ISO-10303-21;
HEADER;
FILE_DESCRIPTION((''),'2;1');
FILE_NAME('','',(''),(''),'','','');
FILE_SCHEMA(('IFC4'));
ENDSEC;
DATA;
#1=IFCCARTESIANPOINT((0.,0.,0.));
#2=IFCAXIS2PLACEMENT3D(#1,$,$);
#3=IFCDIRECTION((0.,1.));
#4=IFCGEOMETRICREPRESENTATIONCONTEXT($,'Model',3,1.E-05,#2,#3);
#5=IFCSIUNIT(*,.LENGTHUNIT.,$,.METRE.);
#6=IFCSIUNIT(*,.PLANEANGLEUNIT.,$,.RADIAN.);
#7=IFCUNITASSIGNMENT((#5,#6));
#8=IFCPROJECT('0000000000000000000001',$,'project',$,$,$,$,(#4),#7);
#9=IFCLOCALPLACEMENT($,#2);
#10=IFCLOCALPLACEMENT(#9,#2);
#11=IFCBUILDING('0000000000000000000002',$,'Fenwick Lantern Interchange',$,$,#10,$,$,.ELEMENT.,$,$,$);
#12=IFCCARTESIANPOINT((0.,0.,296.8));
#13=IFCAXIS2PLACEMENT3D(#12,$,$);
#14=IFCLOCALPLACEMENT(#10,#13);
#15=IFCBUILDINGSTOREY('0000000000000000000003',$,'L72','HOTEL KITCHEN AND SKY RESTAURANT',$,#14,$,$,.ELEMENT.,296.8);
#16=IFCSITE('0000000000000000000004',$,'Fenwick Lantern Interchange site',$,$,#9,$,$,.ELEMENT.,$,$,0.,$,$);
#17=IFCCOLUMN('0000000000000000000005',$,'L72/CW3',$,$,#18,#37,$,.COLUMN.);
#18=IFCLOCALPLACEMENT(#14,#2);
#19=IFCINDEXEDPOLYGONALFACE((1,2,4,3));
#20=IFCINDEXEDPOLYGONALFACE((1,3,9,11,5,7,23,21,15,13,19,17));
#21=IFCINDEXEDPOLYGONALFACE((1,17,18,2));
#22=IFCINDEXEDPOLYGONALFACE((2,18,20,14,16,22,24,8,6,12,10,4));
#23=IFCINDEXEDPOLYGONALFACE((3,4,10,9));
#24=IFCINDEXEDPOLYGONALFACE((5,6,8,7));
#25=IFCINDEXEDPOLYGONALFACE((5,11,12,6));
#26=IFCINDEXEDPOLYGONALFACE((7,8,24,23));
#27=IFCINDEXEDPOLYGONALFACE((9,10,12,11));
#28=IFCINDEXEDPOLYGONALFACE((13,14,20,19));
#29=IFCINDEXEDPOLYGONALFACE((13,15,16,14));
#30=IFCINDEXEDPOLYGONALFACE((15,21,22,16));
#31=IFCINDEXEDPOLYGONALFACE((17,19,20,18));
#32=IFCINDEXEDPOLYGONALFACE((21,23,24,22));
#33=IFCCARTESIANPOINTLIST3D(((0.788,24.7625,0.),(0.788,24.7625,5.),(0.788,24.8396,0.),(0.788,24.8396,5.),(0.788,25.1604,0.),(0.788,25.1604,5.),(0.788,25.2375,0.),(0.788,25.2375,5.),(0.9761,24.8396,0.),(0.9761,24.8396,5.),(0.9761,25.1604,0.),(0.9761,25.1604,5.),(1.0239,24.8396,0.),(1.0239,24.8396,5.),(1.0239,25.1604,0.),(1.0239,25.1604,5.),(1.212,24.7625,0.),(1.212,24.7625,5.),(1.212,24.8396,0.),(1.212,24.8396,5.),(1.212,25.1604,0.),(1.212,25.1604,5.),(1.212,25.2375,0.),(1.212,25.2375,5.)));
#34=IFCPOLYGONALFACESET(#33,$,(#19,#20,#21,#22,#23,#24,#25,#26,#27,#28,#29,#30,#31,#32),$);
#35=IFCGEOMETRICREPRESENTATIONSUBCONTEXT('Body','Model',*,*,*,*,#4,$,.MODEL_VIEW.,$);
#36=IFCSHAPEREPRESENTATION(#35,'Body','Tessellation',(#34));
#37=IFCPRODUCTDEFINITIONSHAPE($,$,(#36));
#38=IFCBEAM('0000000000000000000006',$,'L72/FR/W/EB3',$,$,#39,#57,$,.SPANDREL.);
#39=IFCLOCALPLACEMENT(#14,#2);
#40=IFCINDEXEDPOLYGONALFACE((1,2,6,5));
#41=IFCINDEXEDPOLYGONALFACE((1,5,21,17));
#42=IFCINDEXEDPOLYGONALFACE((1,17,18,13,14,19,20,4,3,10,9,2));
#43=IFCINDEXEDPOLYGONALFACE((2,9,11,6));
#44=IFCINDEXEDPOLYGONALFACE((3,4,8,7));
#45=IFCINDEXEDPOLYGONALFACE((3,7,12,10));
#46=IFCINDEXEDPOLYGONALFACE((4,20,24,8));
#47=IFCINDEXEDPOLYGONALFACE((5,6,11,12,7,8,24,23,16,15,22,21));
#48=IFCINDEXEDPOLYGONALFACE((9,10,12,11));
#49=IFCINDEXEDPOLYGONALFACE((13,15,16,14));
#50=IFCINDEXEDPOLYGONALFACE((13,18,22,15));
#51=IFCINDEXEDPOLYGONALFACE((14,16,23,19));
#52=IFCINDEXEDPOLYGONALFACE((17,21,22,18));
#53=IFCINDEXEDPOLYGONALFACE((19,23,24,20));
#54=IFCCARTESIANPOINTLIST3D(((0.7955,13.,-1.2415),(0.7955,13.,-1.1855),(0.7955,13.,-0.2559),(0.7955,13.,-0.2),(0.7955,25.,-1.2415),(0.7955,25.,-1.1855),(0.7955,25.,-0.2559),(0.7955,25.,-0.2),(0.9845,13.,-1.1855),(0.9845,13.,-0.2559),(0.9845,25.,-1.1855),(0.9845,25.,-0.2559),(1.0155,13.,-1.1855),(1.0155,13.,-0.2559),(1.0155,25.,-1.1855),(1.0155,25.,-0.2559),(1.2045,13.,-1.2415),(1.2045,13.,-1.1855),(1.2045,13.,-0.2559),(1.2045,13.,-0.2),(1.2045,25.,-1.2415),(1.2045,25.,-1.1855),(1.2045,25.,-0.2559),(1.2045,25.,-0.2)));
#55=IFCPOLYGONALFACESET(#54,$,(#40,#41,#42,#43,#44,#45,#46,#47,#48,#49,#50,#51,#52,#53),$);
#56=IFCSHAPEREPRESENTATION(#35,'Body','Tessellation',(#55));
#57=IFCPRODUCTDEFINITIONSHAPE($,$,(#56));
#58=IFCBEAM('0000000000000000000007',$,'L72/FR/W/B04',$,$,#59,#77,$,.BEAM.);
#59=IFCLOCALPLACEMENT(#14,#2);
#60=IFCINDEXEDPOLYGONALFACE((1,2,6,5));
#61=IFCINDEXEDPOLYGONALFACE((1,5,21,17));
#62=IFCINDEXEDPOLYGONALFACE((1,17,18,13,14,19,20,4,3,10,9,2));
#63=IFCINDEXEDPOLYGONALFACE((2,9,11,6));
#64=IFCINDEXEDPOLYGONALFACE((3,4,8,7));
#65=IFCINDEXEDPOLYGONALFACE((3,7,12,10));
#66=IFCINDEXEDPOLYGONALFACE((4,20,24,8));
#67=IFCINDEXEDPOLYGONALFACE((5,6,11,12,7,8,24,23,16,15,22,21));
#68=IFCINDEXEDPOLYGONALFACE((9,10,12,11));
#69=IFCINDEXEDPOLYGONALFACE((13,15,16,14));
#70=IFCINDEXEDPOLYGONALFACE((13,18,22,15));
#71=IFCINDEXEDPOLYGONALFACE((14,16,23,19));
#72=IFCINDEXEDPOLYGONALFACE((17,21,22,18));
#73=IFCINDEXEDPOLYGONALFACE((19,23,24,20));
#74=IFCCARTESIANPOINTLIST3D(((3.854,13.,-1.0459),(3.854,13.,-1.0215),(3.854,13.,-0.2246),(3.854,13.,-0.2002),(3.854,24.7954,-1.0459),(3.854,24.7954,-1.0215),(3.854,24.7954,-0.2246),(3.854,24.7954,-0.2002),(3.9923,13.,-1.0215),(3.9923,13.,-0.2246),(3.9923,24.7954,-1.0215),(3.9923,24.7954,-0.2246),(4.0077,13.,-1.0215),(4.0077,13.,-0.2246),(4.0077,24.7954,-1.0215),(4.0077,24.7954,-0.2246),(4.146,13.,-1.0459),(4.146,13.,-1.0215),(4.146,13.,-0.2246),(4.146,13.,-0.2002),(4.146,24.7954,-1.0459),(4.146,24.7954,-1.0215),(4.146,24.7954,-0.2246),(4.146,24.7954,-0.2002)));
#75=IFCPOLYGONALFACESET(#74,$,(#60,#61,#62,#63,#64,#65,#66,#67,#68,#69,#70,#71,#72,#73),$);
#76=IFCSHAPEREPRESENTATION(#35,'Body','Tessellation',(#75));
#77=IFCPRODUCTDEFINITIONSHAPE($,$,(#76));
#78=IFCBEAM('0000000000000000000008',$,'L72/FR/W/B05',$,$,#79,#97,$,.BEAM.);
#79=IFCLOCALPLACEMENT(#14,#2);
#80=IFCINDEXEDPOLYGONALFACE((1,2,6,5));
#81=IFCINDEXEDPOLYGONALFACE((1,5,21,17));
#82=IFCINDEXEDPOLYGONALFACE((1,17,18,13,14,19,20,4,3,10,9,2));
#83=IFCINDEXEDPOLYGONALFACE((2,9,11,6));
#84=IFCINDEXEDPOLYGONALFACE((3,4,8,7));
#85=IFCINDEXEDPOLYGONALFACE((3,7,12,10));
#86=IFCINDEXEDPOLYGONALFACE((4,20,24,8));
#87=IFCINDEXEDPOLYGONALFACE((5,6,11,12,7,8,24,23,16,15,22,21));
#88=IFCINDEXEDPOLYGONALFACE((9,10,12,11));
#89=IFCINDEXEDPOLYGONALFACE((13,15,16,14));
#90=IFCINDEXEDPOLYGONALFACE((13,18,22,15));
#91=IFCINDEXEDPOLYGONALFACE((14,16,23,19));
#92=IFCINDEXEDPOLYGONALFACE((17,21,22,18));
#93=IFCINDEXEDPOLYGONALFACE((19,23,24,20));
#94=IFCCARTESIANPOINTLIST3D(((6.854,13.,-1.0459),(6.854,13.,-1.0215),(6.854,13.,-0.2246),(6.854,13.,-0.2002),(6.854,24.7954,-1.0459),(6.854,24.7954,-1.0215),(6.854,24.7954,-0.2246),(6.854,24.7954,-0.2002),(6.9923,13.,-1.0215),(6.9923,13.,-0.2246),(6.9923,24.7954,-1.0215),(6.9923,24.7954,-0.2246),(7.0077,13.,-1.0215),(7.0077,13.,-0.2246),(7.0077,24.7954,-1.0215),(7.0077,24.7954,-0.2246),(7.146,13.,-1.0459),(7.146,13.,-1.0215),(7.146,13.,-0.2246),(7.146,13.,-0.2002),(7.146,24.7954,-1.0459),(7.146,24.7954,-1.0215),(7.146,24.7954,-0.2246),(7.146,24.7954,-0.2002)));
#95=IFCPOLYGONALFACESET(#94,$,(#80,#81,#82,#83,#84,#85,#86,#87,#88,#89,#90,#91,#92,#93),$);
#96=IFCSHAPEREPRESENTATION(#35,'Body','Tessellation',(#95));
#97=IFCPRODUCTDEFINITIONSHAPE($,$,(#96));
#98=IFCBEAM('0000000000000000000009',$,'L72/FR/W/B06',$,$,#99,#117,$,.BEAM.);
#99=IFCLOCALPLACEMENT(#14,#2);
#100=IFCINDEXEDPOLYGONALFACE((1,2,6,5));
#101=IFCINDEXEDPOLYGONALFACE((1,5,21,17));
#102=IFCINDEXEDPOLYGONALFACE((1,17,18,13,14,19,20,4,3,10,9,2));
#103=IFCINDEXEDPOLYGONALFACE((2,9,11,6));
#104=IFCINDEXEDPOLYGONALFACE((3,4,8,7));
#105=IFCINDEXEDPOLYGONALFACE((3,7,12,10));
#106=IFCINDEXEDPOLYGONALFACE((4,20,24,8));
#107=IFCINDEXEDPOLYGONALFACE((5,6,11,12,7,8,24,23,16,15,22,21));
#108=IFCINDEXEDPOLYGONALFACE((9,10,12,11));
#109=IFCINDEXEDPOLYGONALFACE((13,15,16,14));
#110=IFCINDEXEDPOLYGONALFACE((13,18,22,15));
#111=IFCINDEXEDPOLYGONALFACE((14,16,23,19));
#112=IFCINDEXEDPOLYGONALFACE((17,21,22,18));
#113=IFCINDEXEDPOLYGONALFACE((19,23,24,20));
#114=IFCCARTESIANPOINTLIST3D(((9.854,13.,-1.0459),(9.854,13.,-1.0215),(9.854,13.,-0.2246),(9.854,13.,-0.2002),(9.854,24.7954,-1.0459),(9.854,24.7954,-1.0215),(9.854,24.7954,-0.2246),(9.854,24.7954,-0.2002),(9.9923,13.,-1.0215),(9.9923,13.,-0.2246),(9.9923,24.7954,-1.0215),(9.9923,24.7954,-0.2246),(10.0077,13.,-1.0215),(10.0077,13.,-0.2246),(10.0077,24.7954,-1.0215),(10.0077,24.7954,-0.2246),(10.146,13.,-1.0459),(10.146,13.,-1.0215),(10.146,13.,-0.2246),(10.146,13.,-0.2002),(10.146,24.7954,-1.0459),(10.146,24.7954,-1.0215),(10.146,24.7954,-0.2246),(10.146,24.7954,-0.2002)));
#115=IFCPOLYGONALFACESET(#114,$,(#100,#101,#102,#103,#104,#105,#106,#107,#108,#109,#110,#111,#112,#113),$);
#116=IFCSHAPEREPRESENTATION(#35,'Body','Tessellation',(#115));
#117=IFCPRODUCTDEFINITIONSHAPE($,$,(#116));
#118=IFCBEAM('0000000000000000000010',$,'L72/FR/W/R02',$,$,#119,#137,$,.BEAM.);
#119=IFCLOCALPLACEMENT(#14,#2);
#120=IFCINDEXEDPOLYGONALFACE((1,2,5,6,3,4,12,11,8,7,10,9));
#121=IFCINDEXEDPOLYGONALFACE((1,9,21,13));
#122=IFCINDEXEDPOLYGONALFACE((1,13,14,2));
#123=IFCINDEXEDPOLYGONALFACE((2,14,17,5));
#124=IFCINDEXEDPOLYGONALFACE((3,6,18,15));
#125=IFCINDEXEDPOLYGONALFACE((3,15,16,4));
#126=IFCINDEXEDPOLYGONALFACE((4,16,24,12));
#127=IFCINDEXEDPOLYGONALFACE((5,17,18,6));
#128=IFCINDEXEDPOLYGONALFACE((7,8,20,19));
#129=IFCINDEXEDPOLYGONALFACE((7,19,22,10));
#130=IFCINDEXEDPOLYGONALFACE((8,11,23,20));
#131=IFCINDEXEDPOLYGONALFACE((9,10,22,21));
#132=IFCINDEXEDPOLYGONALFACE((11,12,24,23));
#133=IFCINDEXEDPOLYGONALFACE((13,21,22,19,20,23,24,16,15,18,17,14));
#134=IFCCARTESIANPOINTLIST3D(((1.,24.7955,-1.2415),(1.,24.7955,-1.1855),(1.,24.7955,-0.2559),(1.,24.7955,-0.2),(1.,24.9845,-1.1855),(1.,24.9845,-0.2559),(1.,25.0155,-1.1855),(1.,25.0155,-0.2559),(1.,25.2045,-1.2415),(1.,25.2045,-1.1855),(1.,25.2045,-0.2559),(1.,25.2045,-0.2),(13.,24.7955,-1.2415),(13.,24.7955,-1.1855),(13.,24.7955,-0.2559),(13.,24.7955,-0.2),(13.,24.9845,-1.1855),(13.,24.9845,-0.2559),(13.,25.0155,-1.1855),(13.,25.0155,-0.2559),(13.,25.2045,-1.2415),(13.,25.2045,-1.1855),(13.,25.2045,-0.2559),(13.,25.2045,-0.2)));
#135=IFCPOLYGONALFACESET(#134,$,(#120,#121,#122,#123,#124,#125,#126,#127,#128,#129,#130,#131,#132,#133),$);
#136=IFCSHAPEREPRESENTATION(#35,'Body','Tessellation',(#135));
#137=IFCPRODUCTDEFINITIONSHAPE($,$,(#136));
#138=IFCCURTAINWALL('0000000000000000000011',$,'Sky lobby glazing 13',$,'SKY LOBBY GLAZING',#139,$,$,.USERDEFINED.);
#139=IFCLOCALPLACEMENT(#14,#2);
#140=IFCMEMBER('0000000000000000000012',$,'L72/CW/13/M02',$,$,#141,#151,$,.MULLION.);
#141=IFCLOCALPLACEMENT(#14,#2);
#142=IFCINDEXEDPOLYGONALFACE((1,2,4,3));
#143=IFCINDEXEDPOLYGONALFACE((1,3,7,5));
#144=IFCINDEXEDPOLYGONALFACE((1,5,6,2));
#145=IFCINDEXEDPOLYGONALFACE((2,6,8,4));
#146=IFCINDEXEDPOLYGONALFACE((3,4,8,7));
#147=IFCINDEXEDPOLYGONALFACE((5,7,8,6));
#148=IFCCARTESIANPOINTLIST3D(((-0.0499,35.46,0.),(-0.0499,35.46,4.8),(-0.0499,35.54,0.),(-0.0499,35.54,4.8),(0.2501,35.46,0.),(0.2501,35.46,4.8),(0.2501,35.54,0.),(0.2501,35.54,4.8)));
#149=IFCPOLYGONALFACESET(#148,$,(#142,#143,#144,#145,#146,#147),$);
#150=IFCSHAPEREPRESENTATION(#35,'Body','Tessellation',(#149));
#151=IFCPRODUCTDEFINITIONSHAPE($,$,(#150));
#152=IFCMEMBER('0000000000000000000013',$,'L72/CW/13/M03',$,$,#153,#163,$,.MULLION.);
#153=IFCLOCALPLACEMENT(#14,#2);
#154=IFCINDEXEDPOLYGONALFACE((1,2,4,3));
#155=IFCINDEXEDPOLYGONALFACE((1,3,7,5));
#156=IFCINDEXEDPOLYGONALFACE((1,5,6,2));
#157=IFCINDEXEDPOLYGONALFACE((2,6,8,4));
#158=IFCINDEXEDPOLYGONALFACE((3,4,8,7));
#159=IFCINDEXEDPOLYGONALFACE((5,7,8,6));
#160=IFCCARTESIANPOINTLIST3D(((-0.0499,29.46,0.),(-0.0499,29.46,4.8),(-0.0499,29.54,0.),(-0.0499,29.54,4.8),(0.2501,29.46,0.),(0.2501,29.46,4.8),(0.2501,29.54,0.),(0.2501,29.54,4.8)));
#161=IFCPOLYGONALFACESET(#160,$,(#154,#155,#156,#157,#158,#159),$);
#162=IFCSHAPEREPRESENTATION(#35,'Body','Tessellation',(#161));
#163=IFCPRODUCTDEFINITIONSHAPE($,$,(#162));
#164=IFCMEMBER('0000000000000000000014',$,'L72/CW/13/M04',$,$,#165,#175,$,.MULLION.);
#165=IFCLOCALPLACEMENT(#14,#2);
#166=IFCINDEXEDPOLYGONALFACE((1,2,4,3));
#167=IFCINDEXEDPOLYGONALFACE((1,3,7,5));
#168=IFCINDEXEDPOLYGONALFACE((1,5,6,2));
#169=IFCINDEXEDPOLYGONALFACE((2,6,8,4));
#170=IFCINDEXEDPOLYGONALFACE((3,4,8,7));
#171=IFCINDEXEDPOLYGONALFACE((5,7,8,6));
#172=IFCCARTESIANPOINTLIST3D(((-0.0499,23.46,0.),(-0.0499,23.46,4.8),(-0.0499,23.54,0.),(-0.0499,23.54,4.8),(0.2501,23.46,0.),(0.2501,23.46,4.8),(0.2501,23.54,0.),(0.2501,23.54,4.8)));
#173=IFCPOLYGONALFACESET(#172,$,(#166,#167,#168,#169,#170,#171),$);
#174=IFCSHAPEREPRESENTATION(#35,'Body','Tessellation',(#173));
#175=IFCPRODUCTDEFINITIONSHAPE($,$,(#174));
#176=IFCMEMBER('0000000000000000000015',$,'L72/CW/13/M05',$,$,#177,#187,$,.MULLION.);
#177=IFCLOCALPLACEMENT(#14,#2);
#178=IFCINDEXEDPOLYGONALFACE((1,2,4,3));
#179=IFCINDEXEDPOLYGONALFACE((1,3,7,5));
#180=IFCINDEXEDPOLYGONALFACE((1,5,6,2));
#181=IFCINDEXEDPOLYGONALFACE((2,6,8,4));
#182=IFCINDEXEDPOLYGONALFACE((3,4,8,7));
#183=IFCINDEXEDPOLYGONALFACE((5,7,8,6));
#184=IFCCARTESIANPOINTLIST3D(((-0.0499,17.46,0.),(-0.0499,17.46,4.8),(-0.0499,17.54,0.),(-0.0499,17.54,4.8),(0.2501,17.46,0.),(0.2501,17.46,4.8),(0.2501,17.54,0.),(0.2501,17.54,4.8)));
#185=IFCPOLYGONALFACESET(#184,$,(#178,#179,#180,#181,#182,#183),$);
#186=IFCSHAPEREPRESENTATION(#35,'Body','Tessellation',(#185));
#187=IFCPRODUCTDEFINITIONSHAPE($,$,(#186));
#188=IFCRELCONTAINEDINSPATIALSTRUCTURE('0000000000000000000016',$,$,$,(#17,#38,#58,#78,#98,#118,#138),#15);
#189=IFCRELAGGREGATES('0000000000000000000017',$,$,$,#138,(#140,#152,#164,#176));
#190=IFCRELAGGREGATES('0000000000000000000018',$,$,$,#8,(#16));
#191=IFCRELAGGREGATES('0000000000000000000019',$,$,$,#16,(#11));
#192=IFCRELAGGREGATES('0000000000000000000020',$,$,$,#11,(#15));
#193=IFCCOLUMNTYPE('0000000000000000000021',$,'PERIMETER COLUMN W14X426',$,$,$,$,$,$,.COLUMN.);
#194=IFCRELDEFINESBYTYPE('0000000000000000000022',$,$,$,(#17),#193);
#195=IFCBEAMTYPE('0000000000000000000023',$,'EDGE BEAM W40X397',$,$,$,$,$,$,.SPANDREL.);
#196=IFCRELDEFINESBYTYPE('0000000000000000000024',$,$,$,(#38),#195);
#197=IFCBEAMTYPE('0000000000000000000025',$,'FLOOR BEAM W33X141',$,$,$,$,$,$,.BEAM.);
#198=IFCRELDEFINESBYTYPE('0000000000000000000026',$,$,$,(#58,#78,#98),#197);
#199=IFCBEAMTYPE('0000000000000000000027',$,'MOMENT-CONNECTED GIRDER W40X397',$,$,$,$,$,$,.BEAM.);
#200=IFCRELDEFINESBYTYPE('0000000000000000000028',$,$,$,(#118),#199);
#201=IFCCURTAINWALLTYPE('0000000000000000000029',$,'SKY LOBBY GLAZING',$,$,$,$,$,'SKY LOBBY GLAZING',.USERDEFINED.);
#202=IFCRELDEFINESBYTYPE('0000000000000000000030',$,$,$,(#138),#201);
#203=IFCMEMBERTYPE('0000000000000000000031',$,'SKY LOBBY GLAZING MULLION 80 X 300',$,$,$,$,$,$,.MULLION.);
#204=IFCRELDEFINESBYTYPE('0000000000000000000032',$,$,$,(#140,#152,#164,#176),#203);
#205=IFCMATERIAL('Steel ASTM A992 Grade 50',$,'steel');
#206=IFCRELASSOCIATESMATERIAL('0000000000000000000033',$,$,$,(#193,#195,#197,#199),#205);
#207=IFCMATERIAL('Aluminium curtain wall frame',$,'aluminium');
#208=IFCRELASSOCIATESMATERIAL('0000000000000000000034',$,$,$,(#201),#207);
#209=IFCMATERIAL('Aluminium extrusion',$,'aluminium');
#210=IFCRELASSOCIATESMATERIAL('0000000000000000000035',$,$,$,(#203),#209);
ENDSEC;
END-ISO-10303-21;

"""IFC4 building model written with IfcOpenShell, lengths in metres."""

from ifc_helpers import new_model, si_unit, direction, frame, origin, origin_2d, place, context, subcontext, project, spatial, rectangle, i_section, extrude, material, material_profile, profile_set, type_object, element, aggregate, save


model = new_model("IFC4")

# Units and contexts
model_context = context("Model", 3, precision=1e-05, world=origin(), true_north=direction((0.0, 1.0)))
body_context = subcontext(model_context, "Body", "Model", "MODEL_VIEW")
ifc_project = project(units=[si_unit("LENGTHUNIT", "METRE"), si_unit("PLANEANGLEUNIT", "RADIAN")], contexts=[model_context])

# Site, building, storey
site_placement = place(None, origin())
site = spatial("IfcSite", under=ifc_project, at=site_placement, Name="Fenwick Lantern Interchange site", CompositionType="ELEMENT", RefElevation=0.0)
building_placement = place(site_placement, origin())
building = spatial("IfcBuilding", under=site, at=building_placement, Name="Fenwick Lantern Interchange", CompositionType="ELEMENT")
storey_placement = place(building_placement, frame((0.0, 0.0, 296.8)))
storey = spatial("IfcBuildingStorey", under=building, at=storey_placement, Name="L72", Description="HOTEL KITCHEN AND SKY RESTAURANT", CompositionType="ELEMENT", Elevation=296.8)

# Column
ifc_material_1 = material(Name="Steel ASTM A992 Grade 50", Category="steel")
ifc_material_profile_1 = material_profile(ifc_material_1, i_section(OverallWidth=0.4241, OverallDepth=0.4751, WebThickness=0.0479, FlangeThickness=0.0771, at=origin_2d()), Name="W14X426")
ifc_profile_set_1 = profile_set([ifc_material_profile_1], Name="Steel ASTM A992 Grade 50")
column_type = type_object("IfcColumnType", Name="PERIMETER COLUMN W14X426", PredefinedType="COLUMN", material=ifc_profile_set_1)
column_placement = place(storey_placement, frame((1.0, 25.0, 0.0), z_axis=(0.0, 0.0, 1.0), x_axis=(1.0, 0.0, 0.0)))
element("IfcColumn", 1, at=column_placement, inside=storey, type_object=column_type, Name="L72/CW3", PredefinedType="COLUMN", context=body_context, shape_type="SweptSolid", body=[
    extrude(i_section(OverallWidth=0.4241, OverallDepth=0.4751, WebThickness=0.0479, FlangeThickness=0.0771, at=origin_2d()), origin(), (0.0, 0.0, 1.0), 5.0),
])

# Beams
ifc_material_profile_2 = material_profile(ifc_material_1, i_section(OverallWidth=0.4089, OverallDepth=1.0415, WebThickness=0.031, FlangeThickness=0.0559, at=origin_2d()), Name="W40X397")
ifc_profile_set_2 = profile_set([ifc_material_profile_2], Name="Steel ASTM A992 Grade 50")
beam_type_1 = type_object("IfcBeamType", Name="EDGE BEAM W40X397", PredefinedType="SPANDREL", material=ifc_profile_set_2)
beam_1_placement = place(storey_placement, frame((1.0, 25.0, -0.7207), z_axis=(0.0, -1.0, 0.0), x_axis=(1.0, 0.0, 0.0)))
element("IfcBeam", 2, at=beam_1_placement, inside=storey, type_object=beam_type_1, Name="L72/FR/W/EB3", PredefinedType="SPANDREL", context=body_context, shape_type="SweptSolid", body=[
    extrude(i_section(OverallWidth=0.4089, OverallDepth=1.0415, WebThickness=0.031, FlangeThickness=0.0559, at=origin_2d()), origin(), (0.0, 0.0, 1.0), 12.0),
])
ifc_material_profile_3 = material_profile(ifc_material_1, i_section(OverallWidth=0.292, OverallDepth=0.8457, WebThickness=0.0154, FlangeThickness=0.0244, at=origin_2d()), Name="W33X141")
ifc_profile_set_3 = profile_set([ifc_material_profile_3], Name="Steel ASTM A992 Grade 50")
beam_type_2 = type_object("IfcBeamType", Name="FLOOR BEAM W33X141", PredefinedType="BEAM", material=ifc_profile_set_3)
for number, where, z_axis, x_axis, name in (
    (3, (4.0, 24.7954, -0.623), (0.0, -1.0, 0.0), (1.0, 0.0, 0.0), "L72/FR/W/B04"),
    (4, (7.0, 24.7954, -0.623), (0.0, -1.0, 0.0), (1.0, 0.0, 0.0), "L72/FR/W/B05"),
    (5, (10.0, 24.7954, -0.623), (0.0, -1.0, 0.0), (1.0, 0.0, 0.0), "L72/FR/W/B06"),
):
    element("IfcBeam", number, at=place(storey_placement, frame(where, z_axis=z_axis, x_axis=x_axis)), inside=storey, type_object=beam_type_2, Name=name, PredefinedType="BEAM", context=body_context, shape_type="SweptSolid", body=[
        extrude(i_section(OverallWidth=0.292, OverallDepth=0.8457, WebThickness=0.0154, FlangeThickness=0.0244, at=origin_2d()), origin(), (0.0, 0.0, 1.0), 11.7954),
    ])
ifc_material_profile_4 = material_profile(ifc_material_1, i_section(OverallWidth=0.4089, OverallDepth=1.0415, WebThickness=0.031, FlangeThickness=0.0559, at=origin_2d()), Name="W40X397")
ifc_profile_set_4 = profile_set([ifc_material_profile_4], Name="Steel ASTM A992 Grade 50")
beam_type_3 = type_object("IfcBeamType", Name="MOMENT-CONNECTED GIRDER W40X397", PredefinedType="BEAM", material=ifc_profile_set_4)
beam_2_placement = place(storey_placement, frame((1.0, 25.0, -0.7207), z_axis=(1.0, 0.0, 0.0), x_axis=(0.0, 1.0, 0.0)))
element("IfcBeam", 6, at=beam_2_placement, inside=storey, type_object=beam_type_3, Name="L72/FR/W/R02", PredefinedType="BEAM", context=body_context, shape_type="SweptSolid", body=[
    extrude(i_section(OverallWidth=0.4089, OverallDepth=1.0415, WebThickness=0.031, FlangeThickness=0.0559, at=origin_2d()), origin(), (0.0, 0.0, 1.0), 12.0),
])

# Curtain wall, members
ifc_material_2 = material(Name="Aluminium curtain wall frame", Category="aluminium")
curtain_wall_type = type_object("IfcCurtainWallType", Name="SKY LOBBY GLAZING", ElementType="SKY LOBBY GLAZING", PredefinedType="USERDEFINED", material=ifc_material_2)
curtain_wall_placement = place(storey_placement, origin())
curtain_wall = element("IfcCurtainWall", 7, at=curtain_wall_placement, inside=storey, type_object=curtain_wall_type, Name="Sky lobby glazing 13", ObjectType="SKY LOBBY GLAZING", PredefinedType="USERDEFINED")
ifc_material_3 = material(Name="Aluminium extrusion", Category="aluminium")
ifc_material_profile_5 = material_profile(ifc_material_3, rectangle(XDim=0.3, YDim=0.0801, at=origin_2d()), Name="SKY LOBBY GLAZING MULLION 80 X 300")
ifc_profile_set_5 = profile_set([ifc_material_profile_5], Name="Aluminium extrusion")
member_type_1 = type_object("IfcMemberType", Name="SKY LOBBY GLAZING MULLION 80 X 300", PredefinedType="MULLION", material=ifc_profile_set_5)
member_1_placement = place(storey_placement, frame((0.1001, 35.5, 0.0), z_axis=(0.0, 0.0, 1.0), x_axis=(1.0, 0.0, 0.0)))
member_1 = element("IfcMember", 8, at=member_1_placement, type_object=member_type_1, Name="L72/CW/13/M02", PredefinedType="MULLION", context=body_context, shape_type="SweptSolid", body=[
    extrude(rectangle(XDim=0.3, YDim=0.0801, at=origin_2d()), origin(), (0.0, 0.0, 1.0), 4.8),
])
member_2_placement = place(storey_placement, frame((0.1001, 29.5, 0.0), z_axis=(0.0, 0.0, 1.0), x_axis=(1.0, 0.0, 0.0)))
member_2 = element("IfcMember", 9, at=member_2_placement, type_object=member_type_1, Name="L72/CW/13/M03", PredefinedType="MULLION", context=body_context, shape_type="SweptSolid", body=[
    extrude(rectangle(XDim=0.3, YDim=0.0801, at=origin_2d()), origin(), (0.0, 0.0, 1.0), 4.8),
])
member_3_placement = place(storey_placement, frame((0.1001, 23.5, 0.0), z_axis=(0.0, 0.0, 1.0), x_axis=(1.0, 0.0, 0.0)))
member_3 = element("IfcMember", 10, at=member_3_placement, type_object=member_type_1, Name="L72/CW/13/M04", PredefinedType="MULLION", context=body_context, shape_type="SweptSolid", body=[
    extrude(rectangle(XDim=0.3, YDim=0.0801, at=origin_2d()), origin(), (0.0, 0.0, 1.0), 4.8),
])
member_4_placement = place(storey_placement, frame((0.1001, 17.5, 0.0), z_axis=(0.0, 0.0, 1.0), x_axis=(1.0, 0.0, 0.0)))
member_4 = element("IfcMember", 11, at=member_4_placement, type_object=member_type_1, Name="L72/CW/13/M05", PredefinedType="MULLION", context=body_context, shape_type="SweptSolid", body=[
    extrude(rectangle(XDim=0.3, YDim=0.0801, at=origin_2d()), origin(), (0.0, 0.0, 1.0), 4.8),
])
aggregate(curtain_wall, [member_1, member_2, member_3, member_4])

save(model, "model.ifc")
